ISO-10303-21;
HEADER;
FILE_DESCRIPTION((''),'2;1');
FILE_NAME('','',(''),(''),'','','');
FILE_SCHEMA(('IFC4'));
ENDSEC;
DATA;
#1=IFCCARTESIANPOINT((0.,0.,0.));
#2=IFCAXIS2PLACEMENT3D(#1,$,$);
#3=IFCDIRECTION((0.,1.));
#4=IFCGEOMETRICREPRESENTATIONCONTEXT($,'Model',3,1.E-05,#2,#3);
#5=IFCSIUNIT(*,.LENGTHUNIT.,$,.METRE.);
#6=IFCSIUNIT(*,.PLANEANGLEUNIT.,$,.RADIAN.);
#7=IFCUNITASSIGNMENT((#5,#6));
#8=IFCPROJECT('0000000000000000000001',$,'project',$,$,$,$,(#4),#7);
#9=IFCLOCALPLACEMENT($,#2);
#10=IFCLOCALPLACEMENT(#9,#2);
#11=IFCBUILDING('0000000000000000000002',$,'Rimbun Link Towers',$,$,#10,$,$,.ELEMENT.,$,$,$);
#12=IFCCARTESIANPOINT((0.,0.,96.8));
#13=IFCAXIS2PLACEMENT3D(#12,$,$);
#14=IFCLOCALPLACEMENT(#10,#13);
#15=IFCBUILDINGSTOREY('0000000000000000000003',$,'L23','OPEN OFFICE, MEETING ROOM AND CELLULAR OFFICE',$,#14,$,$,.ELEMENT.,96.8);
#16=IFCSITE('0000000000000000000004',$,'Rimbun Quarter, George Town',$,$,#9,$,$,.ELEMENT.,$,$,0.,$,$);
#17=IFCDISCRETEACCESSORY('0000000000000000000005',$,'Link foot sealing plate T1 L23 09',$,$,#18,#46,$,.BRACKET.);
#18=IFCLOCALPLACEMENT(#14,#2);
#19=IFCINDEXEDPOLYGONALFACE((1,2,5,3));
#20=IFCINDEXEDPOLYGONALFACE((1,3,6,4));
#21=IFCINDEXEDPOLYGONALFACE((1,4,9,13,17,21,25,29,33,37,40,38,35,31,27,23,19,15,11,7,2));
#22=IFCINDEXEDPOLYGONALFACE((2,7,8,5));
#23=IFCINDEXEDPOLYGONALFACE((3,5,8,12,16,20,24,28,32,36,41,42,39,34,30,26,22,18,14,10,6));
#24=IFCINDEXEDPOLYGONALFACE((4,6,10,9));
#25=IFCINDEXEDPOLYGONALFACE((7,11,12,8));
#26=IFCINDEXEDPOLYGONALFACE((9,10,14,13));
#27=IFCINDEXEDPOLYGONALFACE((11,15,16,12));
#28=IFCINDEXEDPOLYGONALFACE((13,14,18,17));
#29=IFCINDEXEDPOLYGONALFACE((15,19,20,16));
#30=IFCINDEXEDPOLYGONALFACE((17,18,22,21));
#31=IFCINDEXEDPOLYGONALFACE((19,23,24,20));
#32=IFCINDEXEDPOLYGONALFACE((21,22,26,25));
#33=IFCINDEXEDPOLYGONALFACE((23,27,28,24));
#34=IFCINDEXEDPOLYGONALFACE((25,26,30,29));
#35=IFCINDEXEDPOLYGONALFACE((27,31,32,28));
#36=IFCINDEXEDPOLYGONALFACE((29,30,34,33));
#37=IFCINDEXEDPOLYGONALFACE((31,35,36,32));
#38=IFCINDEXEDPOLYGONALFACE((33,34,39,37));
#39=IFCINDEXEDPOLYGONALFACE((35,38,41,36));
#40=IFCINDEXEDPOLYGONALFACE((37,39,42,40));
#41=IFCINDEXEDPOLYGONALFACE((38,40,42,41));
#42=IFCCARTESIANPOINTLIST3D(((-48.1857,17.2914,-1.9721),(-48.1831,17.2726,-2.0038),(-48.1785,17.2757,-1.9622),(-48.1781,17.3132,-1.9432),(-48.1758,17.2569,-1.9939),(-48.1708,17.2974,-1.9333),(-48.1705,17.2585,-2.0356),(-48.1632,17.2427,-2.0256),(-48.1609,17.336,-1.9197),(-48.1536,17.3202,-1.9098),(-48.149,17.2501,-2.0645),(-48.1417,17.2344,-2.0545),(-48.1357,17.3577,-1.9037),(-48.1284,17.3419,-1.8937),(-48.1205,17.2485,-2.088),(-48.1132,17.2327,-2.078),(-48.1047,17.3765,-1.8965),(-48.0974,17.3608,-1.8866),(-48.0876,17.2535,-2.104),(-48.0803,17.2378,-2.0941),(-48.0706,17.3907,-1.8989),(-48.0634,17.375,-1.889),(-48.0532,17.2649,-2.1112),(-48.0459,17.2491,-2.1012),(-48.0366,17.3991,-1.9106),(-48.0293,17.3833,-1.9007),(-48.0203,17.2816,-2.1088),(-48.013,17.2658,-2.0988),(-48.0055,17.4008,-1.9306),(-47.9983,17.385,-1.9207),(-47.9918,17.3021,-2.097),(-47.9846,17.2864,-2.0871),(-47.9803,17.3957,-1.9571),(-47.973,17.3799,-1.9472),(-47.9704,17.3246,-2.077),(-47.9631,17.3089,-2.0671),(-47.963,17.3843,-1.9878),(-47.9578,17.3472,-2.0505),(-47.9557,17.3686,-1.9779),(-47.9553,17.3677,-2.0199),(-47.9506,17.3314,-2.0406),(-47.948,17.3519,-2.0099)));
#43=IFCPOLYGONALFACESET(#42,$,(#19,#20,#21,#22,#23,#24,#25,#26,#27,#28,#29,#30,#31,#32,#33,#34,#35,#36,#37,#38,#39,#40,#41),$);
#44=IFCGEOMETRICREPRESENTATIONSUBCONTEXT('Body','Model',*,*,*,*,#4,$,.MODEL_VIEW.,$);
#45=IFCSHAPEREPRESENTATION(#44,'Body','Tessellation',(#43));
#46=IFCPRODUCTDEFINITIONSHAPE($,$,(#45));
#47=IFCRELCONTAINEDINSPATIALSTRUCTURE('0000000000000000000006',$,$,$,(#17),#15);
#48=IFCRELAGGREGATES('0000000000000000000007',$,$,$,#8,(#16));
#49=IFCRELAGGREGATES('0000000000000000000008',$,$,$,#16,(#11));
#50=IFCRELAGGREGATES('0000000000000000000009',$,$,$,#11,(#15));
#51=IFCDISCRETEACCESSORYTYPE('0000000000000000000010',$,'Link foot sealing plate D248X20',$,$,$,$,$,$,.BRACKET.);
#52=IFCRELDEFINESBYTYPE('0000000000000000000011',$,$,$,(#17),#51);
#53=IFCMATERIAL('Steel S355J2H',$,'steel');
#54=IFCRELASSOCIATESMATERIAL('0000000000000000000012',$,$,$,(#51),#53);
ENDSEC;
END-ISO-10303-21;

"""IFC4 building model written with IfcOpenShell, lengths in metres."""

from ifc_helpers import new_model, si_unit, direction, frame, origin, origin_2d, place, context, subcontext, project, spatial, circle, extrude, material, material_profile, profile_set, type_object, element, save


model = new_model("IFC4")

# Units and contexts
model_context = context("Model", 3, precision=1e-05, world=origin(), true_north=direction((0.0, 1.0)))
body_context = subcontext(model_context, "Body", "Model", "MODEL_VIEW")
ifc_project = project(units=[si_unit("LENGTHUNIT", "METRE"), si_unit("PLANEANGLEUNIT", "RADIAN")], contexts=[model_context])

# Site, building, storey
site_placement = place(None, origin())
site = spatial("IfcSite", under=ifc_project, at=site_placement, Name="Rimbun Quarter, George Town", CompositionType="ELEMENT", RefElevation=0.0)
building_placement = place(site_placement, origin())
building = spatial("IfcBuilding", under=site, at=building_placement, Name="Rimbun Link Towers", CompositionType="ELEMENT")
storey_placement = place(building_placement, frame((0.0, 0.0, 96.8)))
storey = spatial("IfcBuildingStorey", under=building, at=storey_placement, Name="L23", Description="OPEN OFFICE, MEETING ROOM AND CELLULAR OFFICE", CompositionType="ELEMENT", Elevation=96.8)

# Discrete accessory
ifc_material_1 = material(Name="Steel S355J2H", Category="steel")
ifc_material_profile_1 = material_profile(ifc_material_1, circle(Radius=0.124, at=origin_2d()), Name="PL D248")
ifc_profile_set_1 = profile_set([ifc_material_profile_1], Name="Steel S355J2H")
discrete_accessory_type = type_object("IfcDiscreteAccessoryType", Name="Link foot sealing plate D248X20", PredefinedType="BRACKET", material=ifc_profile_set_1)
discrete_accessory_placement = place(storey_placement, frame((-48.0632, 17.3088, -1.9939), z_axis=(-0.363643, 0.787893, -0.496979), x_axis=(-0.907959, -0.419058, 0.0)))
element("IfcDiscreteAccessory", 1, at=discrete_accessory_placement, inside=storey, type_object=discrete_accessory_type, Name="Link foot sealing plate T1 L23 09", PredefinedType="BRACKET", context=body_context, shape_type="SweptSolid", body=[
    extrude(circle(Radius=0.124, at=origin_2d()), origin(), (0.0, 0.0, 1.0), 0.02),
])

save(model, "model.ifc")
